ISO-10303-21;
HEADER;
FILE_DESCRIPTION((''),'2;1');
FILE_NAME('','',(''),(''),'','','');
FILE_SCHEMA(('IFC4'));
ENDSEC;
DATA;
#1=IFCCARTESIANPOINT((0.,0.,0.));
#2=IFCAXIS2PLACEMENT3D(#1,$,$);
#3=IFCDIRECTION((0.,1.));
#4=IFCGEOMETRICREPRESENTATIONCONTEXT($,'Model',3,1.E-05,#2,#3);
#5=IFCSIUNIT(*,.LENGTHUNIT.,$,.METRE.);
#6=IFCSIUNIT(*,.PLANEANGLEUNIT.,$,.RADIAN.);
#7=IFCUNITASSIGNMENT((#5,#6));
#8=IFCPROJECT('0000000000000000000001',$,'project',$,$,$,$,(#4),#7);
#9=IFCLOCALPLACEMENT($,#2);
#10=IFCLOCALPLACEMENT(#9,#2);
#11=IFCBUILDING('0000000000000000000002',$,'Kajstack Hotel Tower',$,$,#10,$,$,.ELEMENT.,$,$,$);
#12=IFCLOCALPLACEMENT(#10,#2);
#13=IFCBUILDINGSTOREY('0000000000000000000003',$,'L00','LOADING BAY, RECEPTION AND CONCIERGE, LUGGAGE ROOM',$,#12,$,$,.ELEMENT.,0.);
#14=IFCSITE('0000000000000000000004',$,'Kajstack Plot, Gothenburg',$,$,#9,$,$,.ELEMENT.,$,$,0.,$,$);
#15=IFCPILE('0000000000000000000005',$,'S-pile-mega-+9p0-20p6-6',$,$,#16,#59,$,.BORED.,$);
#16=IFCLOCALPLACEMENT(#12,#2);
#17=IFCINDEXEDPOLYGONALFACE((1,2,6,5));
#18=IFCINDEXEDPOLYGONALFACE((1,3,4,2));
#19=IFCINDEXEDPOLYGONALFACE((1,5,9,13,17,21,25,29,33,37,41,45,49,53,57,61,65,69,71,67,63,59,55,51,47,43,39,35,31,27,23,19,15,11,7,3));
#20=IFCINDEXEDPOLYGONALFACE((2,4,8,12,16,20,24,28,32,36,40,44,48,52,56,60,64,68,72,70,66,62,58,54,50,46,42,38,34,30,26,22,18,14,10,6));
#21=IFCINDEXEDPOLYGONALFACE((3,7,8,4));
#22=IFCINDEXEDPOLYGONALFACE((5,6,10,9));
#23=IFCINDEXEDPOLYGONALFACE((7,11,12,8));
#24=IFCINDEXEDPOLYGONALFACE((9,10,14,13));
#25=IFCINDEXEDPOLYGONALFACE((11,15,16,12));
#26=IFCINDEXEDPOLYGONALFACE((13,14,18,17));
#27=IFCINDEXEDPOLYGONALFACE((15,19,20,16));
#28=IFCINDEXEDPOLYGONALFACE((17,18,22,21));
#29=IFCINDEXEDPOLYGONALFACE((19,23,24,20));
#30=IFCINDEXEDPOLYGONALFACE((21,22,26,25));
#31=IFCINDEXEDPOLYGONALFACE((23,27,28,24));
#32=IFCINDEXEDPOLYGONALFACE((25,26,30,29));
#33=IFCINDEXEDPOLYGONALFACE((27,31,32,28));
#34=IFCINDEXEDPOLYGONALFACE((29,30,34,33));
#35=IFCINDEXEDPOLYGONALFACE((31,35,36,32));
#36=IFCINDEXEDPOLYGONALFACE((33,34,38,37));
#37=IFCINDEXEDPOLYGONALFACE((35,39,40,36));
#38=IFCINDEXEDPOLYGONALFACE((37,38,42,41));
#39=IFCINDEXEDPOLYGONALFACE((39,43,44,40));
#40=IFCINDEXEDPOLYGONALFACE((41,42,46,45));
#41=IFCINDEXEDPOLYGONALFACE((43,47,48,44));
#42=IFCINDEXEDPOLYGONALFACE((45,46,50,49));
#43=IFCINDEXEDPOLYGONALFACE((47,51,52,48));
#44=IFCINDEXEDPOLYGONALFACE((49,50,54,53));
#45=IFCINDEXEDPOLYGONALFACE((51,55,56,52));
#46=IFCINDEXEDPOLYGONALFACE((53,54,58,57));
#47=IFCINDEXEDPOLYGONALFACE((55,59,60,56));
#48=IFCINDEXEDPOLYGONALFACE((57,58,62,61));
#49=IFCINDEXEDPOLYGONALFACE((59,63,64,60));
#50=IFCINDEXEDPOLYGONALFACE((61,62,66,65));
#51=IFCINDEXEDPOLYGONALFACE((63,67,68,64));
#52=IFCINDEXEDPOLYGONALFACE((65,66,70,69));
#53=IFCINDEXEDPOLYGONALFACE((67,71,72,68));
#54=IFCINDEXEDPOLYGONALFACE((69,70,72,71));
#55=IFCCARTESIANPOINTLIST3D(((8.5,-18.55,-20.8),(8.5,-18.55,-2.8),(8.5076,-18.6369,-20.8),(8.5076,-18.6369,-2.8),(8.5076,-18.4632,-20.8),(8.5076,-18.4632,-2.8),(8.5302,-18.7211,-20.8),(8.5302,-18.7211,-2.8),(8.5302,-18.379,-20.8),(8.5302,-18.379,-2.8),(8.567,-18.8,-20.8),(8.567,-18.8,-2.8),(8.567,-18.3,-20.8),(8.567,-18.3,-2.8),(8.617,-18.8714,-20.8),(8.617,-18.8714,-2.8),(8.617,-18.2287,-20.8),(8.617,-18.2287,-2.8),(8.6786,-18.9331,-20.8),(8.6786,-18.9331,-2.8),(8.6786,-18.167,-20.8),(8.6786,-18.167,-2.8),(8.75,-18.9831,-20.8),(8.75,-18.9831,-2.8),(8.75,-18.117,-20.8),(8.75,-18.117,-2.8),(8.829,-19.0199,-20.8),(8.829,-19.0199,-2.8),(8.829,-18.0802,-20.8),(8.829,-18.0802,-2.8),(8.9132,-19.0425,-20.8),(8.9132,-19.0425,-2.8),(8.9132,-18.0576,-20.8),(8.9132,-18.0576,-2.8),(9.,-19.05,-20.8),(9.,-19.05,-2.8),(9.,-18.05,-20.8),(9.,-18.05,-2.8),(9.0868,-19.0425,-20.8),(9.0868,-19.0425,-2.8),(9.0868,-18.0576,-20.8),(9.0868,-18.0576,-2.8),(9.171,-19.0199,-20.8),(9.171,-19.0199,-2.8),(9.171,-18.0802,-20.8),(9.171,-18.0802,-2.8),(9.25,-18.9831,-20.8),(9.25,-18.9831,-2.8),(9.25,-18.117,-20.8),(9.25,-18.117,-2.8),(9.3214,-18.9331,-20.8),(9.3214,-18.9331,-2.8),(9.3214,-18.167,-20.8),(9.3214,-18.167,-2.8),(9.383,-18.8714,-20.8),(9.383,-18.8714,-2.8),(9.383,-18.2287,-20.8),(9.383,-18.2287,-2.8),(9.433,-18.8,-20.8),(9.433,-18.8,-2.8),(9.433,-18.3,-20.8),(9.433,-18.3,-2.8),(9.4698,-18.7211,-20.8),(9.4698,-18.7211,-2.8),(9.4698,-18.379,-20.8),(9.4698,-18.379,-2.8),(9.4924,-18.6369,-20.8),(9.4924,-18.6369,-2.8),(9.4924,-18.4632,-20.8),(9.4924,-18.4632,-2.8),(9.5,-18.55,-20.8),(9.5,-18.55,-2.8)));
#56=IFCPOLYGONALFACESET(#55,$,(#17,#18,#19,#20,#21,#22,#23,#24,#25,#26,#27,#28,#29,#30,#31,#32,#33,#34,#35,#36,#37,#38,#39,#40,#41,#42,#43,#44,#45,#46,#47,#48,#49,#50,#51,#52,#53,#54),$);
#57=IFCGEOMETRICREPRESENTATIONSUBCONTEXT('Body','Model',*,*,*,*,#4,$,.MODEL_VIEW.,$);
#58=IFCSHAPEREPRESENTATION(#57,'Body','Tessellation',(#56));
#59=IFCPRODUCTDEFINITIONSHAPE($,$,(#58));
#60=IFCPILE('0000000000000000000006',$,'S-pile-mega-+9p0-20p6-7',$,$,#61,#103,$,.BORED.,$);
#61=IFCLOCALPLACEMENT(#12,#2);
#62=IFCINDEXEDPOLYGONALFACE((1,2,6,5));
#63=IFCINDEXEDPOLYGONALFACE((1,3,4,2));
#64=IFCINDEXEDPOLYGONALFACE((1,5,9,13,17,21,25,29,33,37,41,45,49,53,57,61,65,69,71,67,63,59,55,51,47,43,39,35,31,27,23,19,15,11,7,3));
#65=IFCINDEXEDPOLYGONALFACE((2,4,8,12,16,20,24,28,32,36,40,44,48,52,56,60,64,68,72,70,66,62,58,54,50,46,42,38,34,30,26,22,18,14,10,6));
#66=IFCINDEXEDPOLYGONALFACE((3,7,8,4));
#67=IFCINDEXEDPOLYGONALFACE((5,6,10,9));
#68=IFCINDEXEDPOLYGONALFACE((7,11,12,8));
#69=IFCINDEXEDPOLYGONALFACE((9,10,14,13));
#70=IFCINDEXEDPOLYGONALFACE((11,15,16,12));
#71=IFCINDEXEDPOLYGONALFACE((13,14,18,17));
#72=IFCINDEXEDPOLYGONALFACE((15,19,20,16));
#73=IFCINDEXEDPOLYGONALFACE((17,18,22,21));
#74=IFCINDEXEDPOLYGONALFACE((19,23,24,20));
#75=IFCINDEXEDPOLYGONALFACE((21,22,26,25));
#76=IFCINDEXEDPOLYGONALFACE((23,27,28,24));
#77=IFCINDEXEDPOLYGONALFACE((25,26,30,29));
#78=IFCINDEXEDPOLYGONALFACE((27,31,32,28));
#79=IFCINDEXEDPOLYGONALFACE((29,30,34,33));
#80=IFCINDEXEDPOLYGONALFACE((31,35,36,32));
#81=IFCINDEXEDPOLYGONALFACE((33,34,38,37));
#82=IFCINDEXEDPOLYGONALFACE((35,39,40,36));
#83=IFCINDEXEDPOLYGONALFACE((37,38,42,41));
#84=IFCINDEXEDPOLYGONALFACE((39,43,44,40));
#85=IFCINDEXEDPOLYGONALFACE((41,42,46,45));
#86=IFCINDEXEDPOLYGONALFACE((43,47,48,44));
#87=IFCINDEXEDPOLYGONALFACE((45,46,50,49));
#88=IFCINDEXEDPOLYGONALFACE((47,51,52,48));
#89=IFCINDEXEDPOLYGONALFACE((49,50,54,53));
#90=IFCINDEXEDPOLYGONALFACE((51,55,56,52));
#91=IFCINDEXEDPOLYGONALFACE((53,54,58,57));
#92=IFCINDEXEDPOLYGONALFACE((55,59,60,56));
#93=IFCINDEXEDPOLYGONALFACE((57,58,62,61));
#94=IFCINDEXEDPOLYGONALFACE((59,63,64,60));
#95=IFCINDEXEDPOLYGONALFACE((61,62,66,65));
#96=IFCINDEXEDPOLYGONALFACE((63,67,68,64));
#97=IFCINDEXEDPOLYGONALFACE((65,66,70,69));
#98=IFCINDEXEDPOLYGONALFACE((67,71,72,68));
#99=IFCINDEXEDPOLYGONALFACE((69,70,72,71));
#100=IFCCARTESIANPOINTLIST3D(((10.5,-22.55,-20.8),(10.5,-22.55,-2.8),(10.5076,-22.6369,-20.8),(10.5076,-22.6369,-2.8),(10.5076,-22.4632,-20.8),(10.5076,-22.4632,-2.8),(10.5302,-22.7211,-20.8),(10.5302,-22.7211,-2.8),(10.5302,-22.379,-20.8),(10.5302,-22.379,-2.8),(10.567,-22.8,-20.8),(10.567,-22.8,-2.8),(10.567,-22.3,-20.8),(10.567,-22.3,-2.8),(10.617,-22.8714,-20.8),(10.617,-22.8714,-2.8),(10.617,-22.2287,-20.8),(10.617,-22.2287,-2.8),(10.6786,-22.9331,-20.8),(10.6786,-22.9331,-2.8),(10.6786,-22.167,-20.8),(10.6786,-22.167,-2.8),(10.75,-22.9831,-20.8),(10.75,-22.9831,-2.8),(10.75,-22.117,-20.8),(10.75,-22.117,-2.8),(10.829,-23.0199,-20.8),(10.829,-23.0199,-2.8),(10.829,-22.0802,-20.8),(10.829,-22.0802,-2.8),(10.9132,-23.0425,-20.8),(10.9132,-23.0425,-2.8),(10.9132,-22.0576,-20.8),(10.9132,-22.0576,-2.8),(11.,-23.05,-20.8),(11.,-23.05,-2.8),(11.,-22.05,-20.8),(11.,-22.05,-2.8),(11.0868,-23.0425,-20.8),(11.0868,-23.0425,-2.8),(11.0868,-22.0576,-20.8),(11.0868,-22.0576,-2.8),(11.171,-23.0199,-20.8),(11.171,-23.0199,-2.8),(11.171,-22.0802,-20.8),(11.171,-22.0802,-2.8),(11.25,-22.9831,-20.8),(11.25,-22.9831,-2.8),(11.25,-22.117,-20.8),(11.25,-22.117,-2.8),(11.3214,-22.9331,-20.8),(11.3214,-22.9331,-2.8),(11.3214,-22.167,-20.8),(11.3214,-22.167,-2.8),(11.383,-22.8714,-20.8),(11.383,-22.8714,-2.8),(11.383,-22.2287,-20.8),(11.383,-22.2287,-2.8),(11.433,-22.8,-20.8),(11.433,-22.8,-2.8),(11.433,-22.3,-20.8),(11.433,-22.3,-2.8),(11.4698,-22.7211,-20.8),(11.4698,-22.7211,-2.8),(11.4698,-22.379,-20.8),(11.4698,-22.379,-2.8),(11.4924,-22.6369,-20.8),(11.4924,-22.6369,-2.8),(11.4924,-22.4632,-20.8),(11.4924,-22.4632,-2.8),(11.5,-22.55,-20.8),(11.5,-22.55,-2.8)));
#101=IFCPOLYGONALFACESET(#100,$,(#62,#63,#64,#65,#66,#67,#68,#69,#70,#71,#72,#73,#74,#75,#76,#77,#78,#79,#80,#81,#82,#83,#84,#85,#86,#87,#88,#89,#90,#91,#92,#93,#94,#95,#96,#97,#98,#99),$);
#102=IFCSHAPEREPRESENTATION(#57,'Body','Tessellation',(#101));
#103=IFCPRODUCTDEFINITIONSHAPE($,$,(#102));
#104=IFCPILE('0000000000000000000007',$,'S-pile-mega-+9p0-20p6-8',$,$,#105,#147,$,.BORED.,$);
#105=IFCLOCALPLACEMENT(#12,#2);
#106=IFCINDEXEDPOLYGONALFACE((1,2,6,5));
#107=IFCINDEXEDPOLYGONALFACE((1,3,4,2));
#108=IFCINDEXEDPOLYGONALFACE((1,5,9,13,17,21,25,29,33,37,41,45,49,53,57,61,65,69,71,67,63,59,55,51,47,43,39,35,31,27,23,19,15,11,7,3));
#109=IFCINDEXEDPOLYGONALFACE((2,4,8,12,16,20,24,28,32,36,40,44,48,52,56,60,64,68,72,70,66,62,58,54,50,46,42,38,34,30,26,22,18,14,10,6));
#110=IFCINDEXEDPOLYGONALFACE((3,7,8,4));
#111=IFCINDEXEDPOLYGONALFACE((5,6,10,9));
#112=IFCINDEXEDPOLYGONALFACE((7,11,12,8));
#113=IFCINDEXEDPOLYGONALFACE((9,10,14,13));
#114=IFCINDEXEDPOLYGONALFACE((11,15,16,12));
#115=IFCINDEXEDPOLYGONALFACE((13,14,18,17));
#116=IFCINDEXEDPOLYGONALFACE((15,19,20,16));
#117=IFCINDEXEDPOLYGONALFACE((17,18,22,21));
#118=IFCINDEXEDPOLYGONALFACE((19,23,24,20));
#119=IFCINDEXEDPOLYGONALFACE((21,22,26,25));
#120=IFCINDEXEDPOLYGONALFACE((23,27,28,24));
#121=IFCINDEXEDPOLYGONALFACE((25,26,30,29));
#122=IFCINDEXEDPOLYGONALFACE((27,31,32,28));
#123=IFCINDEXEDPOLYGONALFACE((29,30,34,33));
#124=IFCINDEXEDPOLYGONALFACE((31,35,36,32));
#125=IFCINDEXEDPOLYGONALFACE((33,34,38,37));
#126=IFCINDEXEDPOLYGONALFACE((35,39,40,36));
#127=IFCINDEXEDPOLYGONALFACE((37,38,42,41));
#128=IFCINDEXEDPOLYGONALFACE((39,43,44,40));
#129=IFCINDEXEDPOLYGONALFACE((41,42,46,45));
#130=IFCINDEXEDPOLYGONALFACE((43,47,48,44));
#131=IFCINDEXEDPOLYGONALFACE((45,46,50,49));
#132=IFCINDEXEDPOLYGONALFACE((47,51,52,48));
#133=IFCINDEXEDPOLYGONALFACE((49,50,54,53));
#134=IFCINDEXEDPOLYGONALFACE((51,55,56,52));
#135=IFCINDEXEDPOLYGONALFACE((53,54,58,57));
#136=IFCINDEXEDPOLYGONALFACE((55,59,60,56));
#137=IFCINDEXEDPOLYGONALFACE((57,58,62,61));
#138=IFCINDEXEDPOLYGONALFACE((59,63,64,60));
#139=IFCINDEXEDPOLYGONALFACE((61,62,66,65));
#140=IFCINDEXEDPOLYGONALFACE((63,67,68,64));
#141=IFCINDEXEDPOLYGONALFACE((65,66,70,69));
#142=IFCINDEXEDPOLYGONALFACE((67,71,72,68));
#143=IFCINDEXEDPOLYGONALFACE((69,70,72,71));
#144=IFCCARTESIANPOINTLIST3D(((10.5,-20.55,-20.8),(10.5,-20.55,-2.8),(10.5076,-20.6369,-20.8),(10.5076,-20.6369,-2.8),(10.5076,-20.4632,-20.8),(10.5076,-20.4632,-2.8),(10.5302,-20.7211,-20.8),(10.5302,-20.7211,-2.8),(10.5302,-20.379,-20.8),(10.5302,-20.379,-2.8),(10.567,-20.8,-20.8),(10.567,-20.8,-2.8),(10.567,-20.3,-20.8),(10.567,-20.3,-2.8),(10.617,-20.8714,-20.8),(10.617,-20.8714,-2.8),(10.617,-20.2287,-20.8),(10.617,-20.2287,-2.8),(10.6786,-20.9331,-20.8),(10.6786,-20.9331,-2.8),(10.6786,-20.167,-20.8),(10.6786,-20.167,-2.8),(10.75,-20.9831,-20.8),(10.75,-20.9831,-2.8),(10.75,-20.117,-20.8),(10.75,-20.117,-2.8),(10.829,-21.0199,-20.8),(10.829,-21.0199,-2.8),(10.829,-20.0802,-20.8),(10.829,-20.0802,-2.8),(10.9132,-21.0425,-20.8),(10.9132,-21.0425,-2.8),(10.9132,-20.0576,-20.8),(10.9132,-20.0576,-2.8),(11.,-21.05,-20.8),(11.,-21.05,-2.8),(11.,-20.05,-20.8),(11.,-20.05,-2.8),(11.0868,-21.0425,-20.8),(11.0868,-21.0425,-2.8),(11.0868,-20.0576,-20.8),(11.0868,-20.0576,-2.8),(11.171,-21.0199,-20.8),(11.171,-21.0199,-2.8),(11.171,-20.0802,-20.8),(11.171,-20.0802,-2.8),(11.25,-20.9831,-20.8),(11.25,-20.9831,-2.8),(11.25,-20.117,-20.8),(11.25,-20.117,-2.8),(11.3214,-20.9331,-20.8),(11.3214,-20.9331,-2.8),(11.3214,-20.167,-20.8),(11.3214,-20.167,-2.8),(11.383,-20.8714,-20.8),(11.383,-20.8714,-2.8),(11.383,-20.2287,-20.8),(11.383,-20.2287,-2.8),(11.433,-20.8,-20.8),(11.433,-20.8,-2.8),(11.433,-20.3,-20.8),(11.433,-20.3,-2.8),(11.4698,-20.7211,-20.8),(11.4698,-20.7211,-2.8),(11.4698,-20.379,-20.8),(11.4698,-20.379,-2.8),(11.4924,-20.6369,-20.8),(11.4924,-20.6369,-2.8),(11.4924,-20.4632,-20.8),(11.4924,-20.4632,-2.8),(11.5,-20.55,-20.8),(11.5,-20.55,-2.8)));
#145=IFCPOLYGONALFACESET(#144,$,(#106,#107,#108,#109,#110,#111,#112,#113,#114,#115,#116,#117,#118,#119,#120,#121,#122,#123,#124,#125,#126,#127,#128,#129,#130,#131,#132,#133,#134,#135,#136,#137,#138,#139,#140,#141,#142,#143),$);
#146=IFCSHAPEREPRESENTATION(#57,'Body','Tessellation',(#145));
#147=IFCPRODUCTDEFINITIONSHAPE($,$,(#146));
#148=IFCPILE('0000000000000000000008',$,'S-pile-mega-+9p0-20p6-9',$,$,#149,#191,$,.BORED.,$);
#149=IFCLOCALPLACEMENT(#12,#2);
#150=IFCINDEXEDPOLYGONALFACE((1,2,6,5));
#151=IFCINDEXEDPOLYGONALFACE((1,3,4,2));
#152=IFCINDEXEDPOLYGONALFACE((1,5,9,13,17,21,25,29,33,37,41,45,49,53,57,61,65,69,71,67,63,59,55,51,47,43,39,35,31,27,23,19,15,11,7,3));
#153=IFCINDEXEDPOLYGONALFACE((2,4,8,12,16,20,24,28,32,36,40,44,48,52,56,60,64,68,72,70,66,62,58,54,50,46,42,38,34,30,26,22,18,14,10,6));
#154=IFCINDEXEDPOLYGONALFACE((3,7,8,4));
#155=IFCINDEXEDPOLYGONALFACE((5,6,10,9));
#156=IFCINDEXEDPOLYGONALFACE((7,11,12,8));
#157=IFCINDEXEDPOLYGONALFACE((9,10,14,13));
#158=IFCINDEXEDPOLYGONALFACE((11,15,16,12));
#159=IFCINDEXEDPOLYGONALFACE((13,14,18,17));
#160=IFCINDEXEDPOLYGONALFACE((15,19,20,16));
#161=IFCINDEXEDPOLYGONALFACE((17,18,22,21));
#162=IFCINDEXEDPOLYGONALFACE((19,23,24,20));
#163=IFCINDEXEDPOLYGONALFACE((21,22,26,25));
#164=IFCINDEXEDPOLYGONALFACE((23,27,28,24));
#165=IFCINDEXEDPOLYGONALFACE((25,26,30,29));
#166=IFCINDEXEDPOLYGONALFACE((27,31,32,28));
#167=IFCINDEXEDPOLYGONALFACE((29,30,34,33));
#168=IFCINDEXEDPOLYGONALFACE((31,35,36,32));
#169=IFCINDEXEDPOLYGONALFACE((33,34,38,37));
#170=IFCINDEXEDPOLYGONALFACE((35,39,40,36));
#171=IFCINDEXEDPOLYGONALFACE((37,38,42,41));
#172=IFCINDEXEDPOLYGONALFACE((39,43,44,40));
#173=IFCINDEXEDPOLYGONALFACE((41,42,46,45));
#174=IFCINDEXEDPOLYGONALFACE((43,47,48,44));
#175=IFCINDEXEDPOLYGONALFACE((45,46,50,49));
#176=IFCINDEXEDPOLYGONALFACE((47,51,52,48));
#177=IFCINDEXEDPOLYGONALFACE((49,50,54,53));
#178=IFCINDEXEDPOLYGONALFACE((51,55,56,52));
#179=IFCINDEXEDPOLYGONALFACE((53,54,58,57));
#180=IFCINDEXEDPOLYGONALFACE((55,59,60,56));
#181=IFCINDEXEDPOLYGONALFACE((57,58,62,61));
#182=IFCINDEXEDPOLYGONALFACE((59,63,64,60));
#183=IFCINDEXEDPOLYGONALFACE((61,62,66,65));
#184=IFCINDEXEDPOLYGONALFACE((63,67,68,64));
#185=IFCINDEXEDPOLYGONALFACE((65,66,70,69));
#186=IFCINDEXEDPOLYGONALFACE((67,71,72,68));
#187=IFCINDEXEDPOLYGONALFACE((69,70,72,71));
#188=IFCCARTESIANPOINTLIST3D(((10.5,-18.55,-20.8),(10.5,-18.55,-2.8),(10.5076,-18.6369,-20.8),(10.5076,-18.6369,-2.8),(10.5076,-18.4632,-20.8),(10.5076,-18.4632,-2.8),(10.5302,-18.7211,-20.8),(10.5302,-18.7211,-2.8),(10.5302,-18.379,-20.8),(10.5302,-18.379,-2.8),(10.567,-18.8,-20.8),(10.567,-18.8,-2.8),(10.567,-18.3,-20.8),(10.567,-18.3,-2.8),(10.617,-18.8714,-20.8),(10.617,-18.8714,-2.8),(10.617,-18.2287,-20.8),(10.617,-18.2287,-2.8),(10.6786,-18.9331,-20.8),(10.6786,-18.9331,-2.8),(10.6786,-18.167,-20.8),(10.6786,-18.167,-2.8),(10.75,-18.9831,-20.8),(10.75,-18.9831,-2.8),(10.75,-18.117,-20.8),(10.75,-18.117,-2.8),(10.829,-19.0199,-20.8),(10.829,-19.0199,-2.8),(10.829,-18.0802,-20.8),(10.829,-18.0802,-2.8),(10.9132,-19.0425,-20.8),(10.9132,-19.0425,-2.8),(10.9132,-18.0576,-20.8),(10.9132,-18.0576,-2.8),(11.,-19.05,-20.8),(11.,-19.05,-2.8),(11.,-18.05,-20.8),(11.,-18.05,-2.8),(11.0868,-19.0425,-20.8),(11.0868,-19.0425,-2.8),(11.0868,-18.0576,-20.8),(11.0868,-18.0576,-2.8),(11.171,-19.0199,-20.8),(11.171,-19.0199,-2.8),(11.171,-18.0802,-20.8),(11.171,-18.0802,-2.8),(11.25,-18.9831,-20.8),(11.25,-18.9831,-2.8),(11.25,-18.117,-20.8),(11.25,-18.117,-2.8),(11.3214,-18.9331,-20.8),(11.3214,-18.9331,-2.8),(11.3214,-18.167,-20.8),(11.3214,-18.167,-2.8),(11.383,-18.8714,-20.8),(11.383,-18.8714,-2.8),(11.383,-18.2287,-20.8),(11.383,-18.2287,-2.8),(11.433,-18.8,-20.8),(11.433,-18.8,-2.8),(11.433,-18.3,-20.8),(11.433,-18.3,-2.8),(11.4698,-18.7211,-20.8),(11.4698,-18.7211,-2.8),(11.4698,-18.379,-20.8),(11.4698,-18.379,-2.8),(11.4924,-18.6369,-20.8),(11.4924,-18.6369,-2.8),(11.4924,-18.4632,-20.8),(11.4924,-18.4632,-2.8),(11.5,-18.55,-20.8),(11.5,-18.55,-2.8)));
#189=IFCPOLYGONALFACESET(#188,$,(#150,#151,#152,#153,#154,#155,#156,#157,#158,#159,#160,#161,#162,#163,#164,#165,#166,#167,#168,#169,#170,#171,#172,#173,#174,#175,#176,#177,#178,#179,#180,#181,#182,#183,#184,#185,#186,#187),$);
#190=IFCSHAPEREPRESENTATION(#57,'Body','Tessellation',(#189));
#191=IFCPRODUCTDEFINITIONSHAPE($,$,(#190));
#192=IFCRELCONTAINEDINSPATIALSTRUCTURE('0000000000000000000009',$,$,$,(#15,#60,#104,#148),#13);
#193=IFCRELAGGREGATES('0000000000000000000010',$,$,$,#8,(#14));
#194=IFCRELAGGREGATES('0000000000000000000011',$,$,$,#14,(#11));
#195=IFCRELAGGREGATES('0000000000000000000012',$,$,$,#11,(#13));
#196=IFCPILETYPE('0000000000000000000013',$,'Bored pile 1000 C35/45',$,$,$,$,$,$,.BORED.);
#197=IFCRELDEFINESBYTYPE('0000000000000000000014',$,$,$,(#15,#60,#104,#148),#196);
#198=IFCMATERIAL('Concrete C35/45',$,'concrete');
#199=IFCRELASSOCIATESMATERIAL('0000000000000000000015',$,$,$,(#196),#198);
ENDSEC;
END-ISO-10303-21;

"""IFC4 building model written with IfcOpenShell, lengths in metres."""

from ifc_helpers import new_model, si_unit, direction, frame, origin, origin_2d, place, context, subcontext, project, spatial, circle, extrude, material, material_profile, profile_set, type_object, element, save


model = new_model("IFC4")

# Units and contexts
model_context = context("Model", 3, precision=1e-05, world=origin(), true_north=direction((0.0, 1.0)))
body_context = subcontext(model_context, "Body", "Model", "MODEL_VIEW")
ifc_project = project(units=[si_unit("LENGTHUNIT", "METRE"), si_unit("PLANEANGLEUNIT", "RADIAN")], contexts=[model_context])

# Site, building, storey
site_placement = place(None, origin())
site = spatial("IfcSite", under=ifc_project, at=site_placement, Name="Kajstack Plot, Gothenburg", CompositionType="ELEMENT", RefElevation=0.0)
building_placement = place(site_placement, origin())
building = spatial("IfcBuilding", under=site, at=building_placement, Name="Kajstack Hotel Tower", CompositionType="ELEMENT")
storey_placement = place(building_placement, origin())
storey = spatial("IfcBuildingStorey", under=building, at=storey_placement, Name="L00", Description="LOADING BAY, RECEPTION AND CONCIERGE, LUGGAGE ROOM", CompositionType="ELEMENT", Elevation=0.0)

# Piles
ifc_material_1 = material(Name="Concrete C35/45", Category="concrete")
ifc_material_profile_1 = material_profile(ifc_material_1, circle(Radius=0.5, at=origin_2d()), Name="RC round 1000")
ifc_profile_set_1 = profile_set([ifc_material_profile_1], Name="Concrete C35/45")
pile_type = type_object("IfcPileType", Name="Bored pile 1000 C35/45", PredefinedType="BORED", material=ifc_profile_set_1)
for number, where, z_axis, x_axis, name in (
    (1, (9.0, -18.55, -2.8), (0.0, 0.0, -1.0), (1.0, 0.0, 0.0), "S-pile-mega-+9p0-20p6-6"),
    (2, (11.0, -22.55, -2.8), (0.0, 0.0, -1.0), (1.0, 0.0, 0.0), "S-pile-mega-+9p0-20p6-7"),
    (3, (11.0, -20.55, -2.8), (0.0, 0.0, -1.0), (1.0, 0.0, 0.0), "S-pile-mega-+9p0-20p6-8"),
    (4, (11.0, -18.55, -2.8), (0.0, 0.0, -1.0), (1.0, 0.0, 0.0), "S-pile-mega-+9p0-20p6-9"),
):
    element("IfcPile", number, at=place(storey_placement, frame(where, z_axis=z_axis, x_axis=x_axis)), inside=storey, type_object=pile_type, Name=name, PredefinedType="BORED", context=body_context, shape_type="SweptSolid", body=[
        extrude(circle(Radius=0.5, at=origin_2d()), origin(), (0.0, 0.0, 1.0), 18.0),
    ])

save(model, "model.ifc")
